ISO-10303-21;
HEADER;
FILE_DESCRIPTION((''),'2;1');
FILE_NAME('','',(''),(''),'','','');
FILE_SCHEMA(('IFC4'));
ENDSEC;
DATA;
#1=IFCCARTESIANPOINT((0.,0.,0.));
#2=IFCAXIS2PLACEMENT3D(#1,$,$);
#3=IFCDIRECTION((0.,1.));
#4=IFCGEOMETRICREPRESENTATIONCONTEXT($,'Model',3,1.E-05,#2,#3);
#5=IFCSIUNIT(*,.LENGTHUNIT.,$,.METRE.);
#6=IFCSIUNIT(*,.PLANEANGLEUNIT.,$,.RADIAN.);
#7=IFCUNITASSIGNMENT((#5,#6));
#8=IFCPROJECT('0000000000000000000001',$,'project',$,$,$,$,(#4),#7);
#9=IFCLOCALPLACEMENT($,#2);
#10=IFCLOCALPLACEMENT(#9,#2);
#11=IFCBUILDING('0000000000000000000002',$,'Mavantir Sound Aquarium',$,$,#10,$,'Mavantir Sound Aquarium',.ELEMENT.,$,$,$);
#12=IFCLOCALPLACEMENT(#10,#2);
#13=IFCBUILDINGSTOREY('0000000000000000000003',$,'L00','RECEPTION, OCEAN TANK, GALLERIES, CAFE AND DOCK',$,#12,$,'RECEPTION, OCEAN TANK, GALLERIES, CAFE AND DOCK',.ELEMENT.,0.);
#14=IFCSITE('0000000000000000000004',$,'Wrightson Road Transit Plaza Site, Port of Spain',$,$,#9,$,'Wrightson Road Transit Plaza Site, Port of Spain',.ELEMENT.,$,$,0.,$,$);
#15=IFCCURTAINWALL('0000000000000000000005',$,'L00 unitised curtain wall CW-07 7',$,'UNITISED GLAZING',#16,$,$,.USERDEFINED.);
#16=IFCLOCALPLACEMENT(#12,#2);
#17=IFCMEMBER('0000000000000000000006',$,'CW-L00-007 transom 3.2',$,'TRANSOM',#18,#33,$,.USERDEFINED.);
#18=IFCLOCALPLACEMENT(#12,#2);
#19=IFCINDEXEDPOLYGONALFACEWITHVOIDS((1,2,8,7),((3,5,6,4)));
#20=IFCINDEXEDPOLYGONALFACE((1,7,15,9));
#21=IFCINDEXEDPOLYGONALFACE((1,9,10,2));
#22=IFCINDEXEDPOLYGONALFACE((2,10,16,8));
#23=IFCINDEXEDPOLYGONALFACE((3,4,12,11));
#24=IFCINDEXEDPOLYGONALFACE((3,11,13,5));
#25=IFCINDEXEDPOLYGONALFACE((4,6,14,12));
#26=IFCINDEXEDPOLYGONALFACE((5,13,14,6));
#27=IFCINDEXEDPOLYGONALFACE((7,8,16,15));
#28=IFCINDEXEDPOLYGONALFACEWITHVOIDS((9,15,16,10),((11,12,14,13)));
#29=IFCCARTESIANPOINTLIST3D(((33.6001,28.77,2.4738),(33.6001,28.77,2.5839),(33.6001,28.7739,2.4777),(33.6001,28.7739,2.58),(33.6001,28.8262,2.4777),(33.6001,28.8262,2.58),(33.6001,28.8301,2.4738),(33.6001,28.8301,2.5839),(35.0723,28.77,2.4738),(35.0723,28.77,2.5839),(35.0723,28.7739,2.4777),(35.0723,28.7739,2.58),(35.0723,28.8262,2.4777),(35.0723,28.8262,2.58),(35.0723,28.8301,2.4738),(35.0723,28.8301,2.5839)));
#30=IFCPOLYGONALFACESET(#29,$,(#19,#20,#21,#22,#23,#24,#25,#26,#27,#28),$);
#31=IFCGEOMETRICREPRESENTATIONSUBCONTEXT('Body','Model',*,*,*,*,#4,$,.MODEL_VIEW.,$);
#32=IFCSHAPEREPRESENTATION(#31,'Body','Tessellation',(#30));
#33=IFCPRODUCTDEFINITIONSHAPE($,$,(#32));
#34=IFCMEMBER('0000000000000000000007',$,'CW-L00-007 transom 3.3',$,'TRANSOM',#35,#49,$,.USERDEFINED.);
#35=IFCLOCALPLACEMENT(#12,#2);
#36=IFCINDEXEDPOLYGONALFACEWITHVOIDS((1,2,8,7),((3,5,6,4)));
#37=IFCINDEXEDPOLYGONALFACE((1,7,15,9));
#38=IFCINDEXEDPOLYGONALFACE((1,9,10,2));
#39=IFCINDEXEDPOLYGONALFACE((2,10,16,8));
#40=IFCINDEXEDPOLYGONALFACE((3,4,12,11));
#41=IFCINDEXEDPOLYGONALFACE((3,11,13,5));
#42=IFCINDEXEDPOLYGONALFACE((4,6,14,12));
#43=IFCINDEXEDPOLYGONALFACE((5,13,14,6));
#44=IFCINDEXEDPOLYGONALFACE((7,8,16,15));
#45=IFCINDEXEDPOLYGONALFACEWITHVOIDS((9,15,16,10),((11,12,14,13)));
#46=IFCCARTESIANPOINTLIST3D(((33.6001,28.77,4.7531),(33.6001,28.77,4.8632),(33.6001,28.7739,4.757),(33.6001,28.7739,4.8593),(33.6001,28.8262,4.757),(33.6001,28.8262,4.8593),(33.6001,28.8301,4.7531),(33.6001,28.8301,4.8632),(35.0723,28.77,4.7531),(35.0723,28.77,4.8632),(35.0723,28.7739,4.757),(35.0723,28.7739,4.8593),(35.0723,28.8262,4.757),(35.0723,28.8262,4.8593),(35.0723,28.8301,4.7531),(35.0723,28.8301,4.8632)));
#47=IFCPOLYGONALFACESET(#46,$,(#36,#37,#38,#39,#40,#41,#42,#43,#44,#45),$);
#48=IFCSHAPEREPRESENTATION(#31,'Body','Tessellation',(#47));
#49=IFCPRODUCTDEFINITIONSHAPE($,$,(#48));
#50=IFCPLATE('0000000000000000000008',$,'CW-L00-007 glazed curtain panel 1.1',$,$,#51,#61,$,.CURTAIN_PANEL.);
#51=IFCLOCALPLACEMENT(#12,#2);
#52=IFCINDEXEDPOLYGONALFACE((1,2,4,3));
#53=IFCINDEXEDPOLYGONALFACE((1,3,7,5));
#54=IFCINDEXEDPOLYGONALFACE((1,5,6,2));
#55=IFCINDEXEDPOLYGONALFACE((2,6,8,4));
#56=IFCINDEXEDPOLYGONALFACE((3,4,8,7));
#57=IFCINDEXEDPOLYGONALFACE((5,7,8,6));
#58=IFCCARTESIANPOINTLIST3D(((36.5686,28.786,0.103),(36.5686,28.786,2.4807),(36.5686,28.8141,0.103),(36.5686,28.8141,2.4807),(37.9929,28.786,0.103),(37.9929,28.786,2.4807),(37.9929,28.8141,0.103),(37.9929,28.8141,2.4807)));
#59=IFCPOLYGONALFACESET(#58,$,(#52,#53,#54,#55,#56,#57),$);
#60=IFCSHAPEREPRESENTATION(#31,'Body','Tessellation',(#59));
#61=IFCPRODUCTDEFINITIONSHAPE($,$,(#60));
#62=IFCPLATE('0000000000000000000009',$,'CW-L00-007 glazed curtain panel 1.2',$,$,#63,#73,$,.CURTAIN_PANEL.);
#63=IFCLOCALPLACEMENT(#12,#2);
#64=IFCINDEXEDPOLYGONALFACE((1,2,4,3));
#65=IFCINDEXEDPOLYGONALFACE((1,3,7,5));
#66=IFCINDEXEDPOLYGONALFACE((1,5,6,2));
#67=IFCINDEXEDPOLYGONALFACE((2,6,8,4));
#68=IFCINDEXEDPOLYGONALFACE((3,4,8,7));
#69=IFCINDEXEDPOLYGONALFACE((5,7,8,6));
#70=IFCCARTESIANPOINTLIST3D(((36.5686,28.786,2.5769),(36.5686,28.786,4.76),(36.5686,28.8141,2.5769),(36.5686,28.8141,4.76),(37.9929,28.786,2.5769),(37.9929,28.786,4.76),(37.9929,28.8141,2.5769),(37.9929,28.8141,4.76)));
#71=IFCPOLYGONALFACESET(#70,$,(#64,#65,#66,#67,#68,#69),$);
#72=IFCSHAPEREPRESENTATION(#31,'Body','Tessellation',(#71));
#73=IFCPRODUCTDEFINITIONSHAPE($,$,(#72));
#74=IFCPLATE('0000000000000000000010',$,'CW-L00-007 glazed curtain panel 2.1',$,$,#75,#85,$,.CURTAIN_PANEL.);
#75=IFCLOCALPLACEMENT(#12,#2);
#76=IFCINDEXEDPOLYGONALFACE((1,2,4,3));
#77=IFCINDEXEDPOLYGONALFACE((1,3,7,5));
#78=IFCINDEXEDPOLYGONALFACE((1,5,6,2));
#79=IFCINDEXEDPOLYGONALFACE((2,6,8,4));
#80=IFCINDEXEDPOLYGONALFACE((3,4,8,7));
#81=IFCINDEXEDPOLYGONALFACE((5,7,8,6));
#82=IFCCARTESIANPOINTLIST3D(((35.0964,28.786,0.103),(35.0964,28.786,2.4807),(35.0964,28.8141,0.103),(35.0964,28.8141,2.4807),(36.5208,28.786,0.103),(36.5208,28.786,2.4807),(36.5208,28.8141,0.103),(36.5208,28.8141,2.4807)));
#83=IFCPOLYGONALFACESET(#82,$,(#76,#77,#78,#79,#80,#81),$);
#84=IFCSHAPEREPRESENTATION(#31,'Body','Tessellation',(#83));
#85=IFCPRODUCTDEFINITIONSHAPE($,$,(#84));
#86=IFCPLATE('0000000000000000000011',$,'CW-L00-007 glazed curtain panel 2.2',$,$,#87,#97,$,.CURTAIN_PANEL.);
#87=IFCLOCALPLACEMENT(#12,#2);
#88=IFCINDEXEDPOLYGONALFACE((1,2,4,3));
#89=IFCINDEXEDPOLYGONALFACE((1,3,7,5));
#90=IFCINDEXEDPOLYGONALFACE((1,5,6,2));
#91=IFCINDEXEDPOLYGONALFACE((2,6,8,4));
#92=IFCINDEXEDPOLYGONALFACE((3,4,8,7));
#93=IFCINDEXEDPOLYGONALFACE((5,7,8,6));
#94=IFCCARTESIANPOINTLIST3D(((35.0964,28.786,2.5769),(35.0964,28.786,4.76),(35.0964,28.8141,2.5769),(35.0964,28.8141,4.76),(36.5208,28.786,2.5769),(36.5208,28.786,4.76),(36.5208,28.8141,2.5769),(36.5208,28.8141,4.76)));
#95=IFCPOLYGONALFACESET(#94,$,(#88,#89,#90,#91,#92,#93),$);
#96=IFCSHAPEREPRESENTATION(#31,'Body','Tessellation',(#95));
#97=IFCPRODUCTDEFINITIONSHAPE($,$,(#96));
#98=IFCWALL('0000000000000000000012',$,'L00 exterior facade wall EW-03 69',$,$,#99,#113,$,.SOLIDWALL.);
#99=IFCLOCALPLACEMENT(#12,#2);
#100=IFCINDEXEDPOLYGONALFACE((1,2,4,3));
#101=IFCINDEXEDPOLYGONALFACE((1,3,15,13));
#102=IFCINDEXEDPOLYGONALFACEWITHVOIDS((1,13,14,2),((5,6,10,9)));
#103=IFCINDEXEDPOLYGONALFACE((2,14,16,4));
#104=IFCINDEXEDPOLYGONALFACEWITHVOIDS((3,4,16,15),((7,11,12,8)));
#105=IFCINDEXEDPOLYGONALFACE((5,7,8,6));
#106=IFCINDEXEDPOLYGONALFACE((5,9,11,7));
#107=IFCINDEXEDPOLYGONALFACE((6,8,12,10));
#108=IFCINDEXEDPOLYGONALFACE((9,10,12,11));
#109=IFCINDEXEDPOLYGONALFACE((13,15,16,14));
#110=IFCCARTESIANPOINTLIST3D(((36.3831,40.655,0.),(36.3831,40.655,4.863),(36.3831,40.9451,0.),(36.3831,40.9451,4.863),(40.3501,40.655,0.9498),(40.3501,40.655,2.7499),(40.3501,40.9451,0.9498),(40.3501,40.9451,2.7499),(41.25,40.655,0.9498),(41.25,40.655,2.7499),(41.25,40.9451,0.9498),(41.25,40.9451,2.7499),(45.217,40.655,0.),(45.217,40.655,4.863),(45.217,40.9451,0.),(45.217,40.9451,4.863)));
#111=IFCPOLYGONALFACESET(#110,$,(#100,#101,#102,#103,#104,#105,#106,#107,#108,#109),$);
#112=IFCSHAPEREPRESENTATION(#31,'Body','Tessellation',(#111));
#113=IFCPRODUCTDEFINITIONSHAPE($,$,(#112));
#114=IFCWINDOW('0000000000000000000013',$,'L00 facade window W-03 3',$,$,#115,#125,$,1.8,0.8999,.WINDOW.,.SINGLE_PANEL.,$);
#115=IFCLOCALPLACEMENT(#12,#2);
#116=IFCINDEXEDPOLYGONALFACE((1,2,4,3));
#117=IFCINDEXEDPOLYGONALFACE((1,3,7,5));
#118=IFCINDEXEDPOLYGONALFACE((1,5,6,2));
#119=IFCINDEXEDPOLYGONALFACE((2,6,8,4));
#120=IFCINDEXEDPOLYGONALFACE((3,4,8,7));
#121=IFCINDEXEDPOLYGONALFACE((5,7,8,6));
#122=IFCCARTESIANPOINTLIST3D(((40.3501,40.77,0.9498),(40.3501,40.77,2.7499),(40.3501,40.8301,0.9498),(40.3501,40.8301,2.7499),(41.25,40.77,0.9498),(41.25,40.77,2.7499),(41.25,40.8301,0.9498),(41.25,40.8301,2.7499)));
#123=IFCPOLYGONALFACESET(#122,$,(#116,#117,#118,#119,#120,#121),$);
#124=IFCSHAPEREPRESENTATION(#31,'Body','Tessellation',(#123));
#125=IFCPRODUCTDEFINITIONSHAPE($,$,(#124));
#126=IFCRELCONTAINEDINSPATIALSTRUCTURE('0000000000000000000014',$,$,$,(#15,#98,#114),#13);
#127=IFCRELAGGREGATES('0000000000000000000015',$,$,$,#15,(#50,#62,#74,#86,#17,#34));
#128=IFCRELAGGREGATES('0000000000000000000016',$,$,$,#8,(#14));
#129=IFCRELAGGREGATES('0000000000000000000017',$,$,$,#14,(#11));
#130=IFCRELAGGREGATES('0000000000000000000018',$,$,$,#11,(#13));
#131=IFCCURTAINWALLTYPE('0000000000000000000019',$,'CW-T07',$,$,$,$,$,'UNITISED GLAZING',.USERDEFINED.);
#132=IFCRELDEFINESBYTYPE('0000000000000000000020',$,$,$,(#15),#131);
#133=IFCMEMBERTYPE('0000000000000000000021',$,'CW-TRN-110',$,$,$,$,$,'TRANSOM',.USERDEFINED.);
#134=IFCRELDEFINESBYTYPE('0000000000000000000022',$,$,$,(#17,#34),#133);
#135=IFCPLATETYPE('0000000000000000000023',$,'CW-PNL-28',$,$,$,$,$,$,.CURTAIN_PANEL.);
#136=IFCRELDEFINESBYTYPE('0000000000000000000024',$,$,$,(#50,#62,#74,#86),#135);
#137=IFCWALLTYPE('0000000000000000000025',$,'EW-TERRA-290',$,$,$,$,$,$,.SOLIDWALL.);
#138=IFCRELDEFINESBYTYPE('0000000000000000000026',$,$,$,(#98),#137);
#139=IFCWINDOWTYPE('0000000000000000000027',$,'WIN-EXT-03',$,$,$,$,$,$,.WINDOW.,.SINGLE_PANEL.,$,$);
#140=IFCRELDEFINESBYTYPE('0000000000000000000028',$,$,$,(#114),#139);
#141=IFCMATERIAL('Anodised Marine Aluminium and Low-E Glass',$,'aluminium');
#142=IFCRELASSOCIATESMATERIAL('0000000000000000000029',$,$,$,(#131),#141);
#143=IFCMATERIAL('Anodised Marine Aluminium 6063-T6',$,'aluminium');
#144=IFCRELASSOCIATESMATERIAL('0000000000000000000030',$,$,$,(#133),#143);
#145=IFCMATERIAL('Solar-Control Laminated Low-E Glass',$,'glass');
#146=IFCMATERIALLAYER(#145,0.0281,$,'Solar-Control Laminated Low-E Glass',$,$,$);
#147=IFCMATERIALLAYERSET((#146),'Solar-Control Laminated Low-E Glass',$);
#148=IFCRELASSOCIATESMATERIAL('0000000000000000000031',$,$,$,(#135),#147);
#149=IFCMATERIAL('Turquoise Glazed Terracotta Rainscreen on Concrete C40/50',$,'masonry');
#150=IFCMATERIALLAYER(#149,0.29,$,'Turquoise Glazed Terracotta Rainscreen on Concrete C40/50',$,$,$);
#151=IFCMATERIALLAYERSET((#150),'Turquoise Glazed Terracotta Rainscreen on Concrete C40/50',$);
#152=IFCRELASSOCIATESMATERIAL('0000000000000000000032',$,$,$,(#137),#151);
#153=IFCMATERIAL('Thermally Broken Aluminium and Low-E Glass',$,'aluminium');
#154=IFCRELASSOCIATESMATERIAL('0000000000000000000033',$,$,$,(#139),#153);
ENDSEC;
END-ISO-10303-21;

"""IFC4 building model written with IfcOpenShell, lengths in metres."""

from ifc_helpers import new_model, si_unit, direction, frame, frame_2d, origin, origin_2d, place, context, subcontext, project, spatial, rectangle, hollow_rectangle, extrude, material, layer, layer_set, material_profile, profile_set, type_object, element, fill, aggregate, save


model = new_model("IFC4")

# Units and contexts
model_context = context("Model", 3, precision=1e-05, world=origin(), true_north=direction((0.0, 1.0)))
body_context = subcontext(model_context, "Body", "Model", "MODEL_VIEW")
ifc_project = project(units=[si_unit("LENGTHUNIT", "METRE"), si_unit("PLANEANGLEUNIT", "RADIAN")], contexts=[model_context])

# Site, building, storey
site_placement = place(None, origin())
site = spatial("IfcSite", under=ifc_project, at=site_placement, Name="Wrightson Road Transit Plaza Site, Port of Spain", LongName="Wrightson Road Transit Plaza Site, Port of Spain", CompositionType="ELEMENT", RefElevation=0.0)
building_placement = place(site_placement, origin())
building = spatial("IfcBuilding", under=site, at=building_placement, Name="Mavantir Sound Aquarium", LongName="Mavantir Sound Aquarium", CompositionType="ELEMENT")
storey_placement = place(building_placement, origin())
storey = spatial("IfcBuildingStorey", under=building, at=storey_placement, Name="L00", Description="RECEPTION, OCEAN TANK, GALLERIES, CAFE AND DOCK", LongName="RECEPTION, OCEAN TANK, GALLERIES, CAFE AND DOCK", CompositionType="ELEMENT", Elevation=0.0)

# Curtain wall, members, plates
ifc_material_1 = material(Name="Anodised Marine Aluminium and Low-E Glass", Category="aluminium")
curtain_wall_type = type_object("IfcCurtainWallType", Name="CW-T07", ElementType="UNITISED GLAZING", PredefinedType="USERDEFINED", material=ifc_material_1)
curtain_wall_placement = place(storey_placement, origin())
curtain_wall = element("IfcCurtainWall", 1, at=curtain_wall_placement, inside=storey, type_object=curtain_wall_type, Name="L00 unitised curtain wall CW-07 7", ObjectType="UNITISED GLAZING", PredefinedType="USERDEFINED")
ifc_material_2 = material(Name="Anodised Marine Aluminium 6063-T6", Category="aluminium")
ifc_material_profile_1 = material_profile(ifc_material_2, hollow_rectangle(XDim=0.0601, YDim=0.1101, WallThickness=0.0039, at=origin_2d()), Name="ALU-TRANSOM-110X60")
ifc_profile_set_1 = profile_set([ifc_material_profile_1], Name="Anodised Marine Aluminium 6063-T6")
member_type_1 = type_object("IfcMemberType", Name="CW-TRN-110", ElementType="TRANSOM", PredefinedType="USERDEFINED", material=ifc_profile_set_1)
member_1_placement = place(storey_placement, frame((35.0723, 28.8, 2.5288), z_axis=(-1.0, 0.0, 0.0), x_axis=(0.0, -1.0, 0.0)))
member_1 = element("IfcMember", 2, at=member_1_placement, type_object=member_type_1, Name="CW-L00-007 transom 3.2", ObjectType="TRANSOM", PredefinedType="USERDEFINED", context=body_context, shape_type="SweptSolid", body=[
    extrude(hollow_rectangle(XDim=0.0601, YDim=0.1101, WallThickness=0.0039, at=origin_2d()), origin(), (0.0, 0.0, 1.0), 1.4722),
])
member_2_placement = place(storey_placement, frame((35.0723, 28.8, 4.8081), z_axis=(-1.0, 0.0, 0.0), x_axis=(0.0, -1.0, 0.0)))
member_2 = element("IfcMember", 3, at=member_2_placement, type_object=member_type_1, Name="CW-L00-007 transom 3.3", ObjectType="TRANSOM", PredefinedType="USERDEFINED", context=body_context, shape_type="SweptSolid", body=[
    extrude(hollow_rectangle(XDim=0.0601, YDim=0.1101, WallThickness=0.0039, at=origin_2d()), origin(), (0.0, 0.0, 1.0), 1.4722),
])
ifc_material_3 = material(Name="Solar-Control Laminated Low-E Glass", Category="glass")
ifc_layer_1 = layer(ifc_material_3, 0.0281, Name="Solar-Control Laminated Low-E Glass")
ifc_layer_set_1 = layer_set([ifc_layer_1], Name="Solar-Control Laminated Low-E Glass")
plate_type = type_object("IfcPlateType", Name="CW-PNL-28", PredefinedType="CURTAIN_PANEL", material=ifc_layer_set_1)
plate_1_placement = place(storey_placement, frame((37.2808, 28.8, 0.103), z_axis=(0.0, 0.0, 1.0), x_axis=(-1.0, 0.0, 0.0)))
plate_1 = element("IfcPlate", 4, at=plate_1_placement, type_object=plate_type, Name="CW-L00-007 glazed curtain panel 1.1", PredefinedType="CURTAIN_PANEL", context=body_context, shape_type="SweptSolid", body=[
    extrude(rectangle(XDim=1.4243, YDim=0.0281, at=origin_2d()), origin(), (0.0, 0.0, 1.0), 2.3777),
])
plate_2_placement = place(storey_placement, frame((37.2808, 28.8, 2.5769), z_axis=(0.0, 0.0, 1.0), x_axis=(-1.0, 0.0, 0.0)))
plate_2 = element("IfcPlate", 5, at=plate_2_placement, type_object=plate_type, Name="CW-L00-007 glazed curtain panel 1.2", PredefinedType="CURTAIN_PANEL", context=body_context, shape_type="SweptSolid", body=[
    extrude(rectangle(XDim=1.4243, YDim=0.0281, at=origin_2d()), origin(), (0.0, 0.0, 1.0), 2.1831),
])
plate_3_placement = place(storey_placement, frame((35.8086, 28.8, 0.103), z_axis=(0.0, 0.0, 1.0), x_axis=(-1.0, 0.0, 0.0)))
plate_3 = element("IfcPlate", 6, at=plate_3_placement, type_object=plate_type, Name="CW-L00-007 glazed curtain panel 2.1", PredefinedType="CURTAIN_PANEL", context=body_context, shape_type="SweptSolid", body=[
    extrude(rectangle(XDim=1.4243, YDim=0.0281, at=origin_2d()), origin(), (0.0, 0.0, 1.0), 2.3777),
])
plate_4_placement = place(storey_placement, frame((35.8086, 28.8, 2.5769), z_axis=(0.0, 0.0, 1.0), x_axis=(-1.0, 0.0, 0.0)))
plate_4 = element("IfcPlate", 7, at=plate_4_placement, type_object=plate_type, Name="CW-L00-007 glazed curtain panel 2.2", PredefinedType="CURTAIN_PANEL", context=body_context, shape_type="SweptSolid", body=[
    extrude(rectangle(XDim=1.4243, YDim=0.0281, at=origin_2d()), origin(), (0.0, 0.0, 1.0), 2.1831),
])
aggregate(curtain_wall, [plate_1, plate_2, plate_3, plate_4, member_1, member_2])

# Wall, opening, window
ifc_material_4 = material(Name="Turquoise Glazed Terracotta Rainscreen on Concrete C40/50", Category="masonry")
ifc_layer_2 = layer(ifc_material_4, 0.29, Name="Turquoise Glazed Terracotta Rainscreen on Concrete C40/50")
ifc_layer_set_2 = layer_set([ifc_layer_2], Name="Turquoise Glazed Terracotta Rainscreen on Concrete C40/50")
wall_type_1 = type_object("IfcWallType", Name="EW-TERRA-290", PredefinedType="SOLIDWALL", material=ifc_layer_set_2)
wall_1_placement = place(storey_placement, frame((36.3831, 40.8, 0.0), z_axis=(0.0, 0.0, 1.0), x_axis=(1.0, 0.0, 0.0)))
wall_1 = element("IfcWall", 8, at=wall_1_placement, inside=storey, type_object=wall_type_1, Name="L00 exterior facade wall EW-03 69", PredefinedType="SOLIDWALL", context=body_context, shape_type="SweptSolid", body=[
    extrude(rectangle(XDim=8.834, YDim=0.29, at=frame_2d((4.417, 0.0))), origin(), (0.0, 0.0, 1.0), 4.863),
])
opening_1_placement = place(wall_1_placement, frame((3.967, 0.0, 0.95)))
opening_1 = element("IfcOpeningElement", 9, at=opening_1_placement, cuts=wall_1, PredefinedType="OPENING", context=body_context, shape_type="SweptSolid", body=[
    extrude(rectangle(XDim=0.8999, YDim=1.8, at=frame_2d((0.45, 0.8999))), frame((0.0, 0.155, 0.0), z_axis=(0.0, -1.0, 0.0), x_axis=(1.0, 0.0, 0.0)), (0.0, 0.0, 1.0), 0.3101),
])
ifc_material_5 = material(Name="Thermally Broken Aluminium and Low-E Glass", Category="aluminium")
window_type = type_object("IfcWindowType", Name="WIN-EXT-03", PartitioningType="SINGLE_PANEL", PredefinedType="WINDOW", material=ifc_material_5)
window_placement = place(opening_1_placement, origin())
window = element("IfcWindow", 10, at=window_placement, inside=storey, type_object=window_type, Name="L00 facade window W-03 3", OverallHeight=1.8, OverallWidth=0.8999, PartitioningType="SINGLE_PANEL", PredefinedType="WINDOW", context=body_context, shape_type="SweptSolid", body=[
    extrude(rectangle(XDim=0.8999, YDim=1.8, at=frame_2d((0.45, 0.8999))), frame((0.0, 0.03, 0.0), z_axis=(0.0, -1.0, 0.0), x_axis=(1.0, 0.0, 0.0)), (0.0, 0.0, 1.0), 0.0601),
])
fill(opening_1, window)

save(model, "model.ifc")
